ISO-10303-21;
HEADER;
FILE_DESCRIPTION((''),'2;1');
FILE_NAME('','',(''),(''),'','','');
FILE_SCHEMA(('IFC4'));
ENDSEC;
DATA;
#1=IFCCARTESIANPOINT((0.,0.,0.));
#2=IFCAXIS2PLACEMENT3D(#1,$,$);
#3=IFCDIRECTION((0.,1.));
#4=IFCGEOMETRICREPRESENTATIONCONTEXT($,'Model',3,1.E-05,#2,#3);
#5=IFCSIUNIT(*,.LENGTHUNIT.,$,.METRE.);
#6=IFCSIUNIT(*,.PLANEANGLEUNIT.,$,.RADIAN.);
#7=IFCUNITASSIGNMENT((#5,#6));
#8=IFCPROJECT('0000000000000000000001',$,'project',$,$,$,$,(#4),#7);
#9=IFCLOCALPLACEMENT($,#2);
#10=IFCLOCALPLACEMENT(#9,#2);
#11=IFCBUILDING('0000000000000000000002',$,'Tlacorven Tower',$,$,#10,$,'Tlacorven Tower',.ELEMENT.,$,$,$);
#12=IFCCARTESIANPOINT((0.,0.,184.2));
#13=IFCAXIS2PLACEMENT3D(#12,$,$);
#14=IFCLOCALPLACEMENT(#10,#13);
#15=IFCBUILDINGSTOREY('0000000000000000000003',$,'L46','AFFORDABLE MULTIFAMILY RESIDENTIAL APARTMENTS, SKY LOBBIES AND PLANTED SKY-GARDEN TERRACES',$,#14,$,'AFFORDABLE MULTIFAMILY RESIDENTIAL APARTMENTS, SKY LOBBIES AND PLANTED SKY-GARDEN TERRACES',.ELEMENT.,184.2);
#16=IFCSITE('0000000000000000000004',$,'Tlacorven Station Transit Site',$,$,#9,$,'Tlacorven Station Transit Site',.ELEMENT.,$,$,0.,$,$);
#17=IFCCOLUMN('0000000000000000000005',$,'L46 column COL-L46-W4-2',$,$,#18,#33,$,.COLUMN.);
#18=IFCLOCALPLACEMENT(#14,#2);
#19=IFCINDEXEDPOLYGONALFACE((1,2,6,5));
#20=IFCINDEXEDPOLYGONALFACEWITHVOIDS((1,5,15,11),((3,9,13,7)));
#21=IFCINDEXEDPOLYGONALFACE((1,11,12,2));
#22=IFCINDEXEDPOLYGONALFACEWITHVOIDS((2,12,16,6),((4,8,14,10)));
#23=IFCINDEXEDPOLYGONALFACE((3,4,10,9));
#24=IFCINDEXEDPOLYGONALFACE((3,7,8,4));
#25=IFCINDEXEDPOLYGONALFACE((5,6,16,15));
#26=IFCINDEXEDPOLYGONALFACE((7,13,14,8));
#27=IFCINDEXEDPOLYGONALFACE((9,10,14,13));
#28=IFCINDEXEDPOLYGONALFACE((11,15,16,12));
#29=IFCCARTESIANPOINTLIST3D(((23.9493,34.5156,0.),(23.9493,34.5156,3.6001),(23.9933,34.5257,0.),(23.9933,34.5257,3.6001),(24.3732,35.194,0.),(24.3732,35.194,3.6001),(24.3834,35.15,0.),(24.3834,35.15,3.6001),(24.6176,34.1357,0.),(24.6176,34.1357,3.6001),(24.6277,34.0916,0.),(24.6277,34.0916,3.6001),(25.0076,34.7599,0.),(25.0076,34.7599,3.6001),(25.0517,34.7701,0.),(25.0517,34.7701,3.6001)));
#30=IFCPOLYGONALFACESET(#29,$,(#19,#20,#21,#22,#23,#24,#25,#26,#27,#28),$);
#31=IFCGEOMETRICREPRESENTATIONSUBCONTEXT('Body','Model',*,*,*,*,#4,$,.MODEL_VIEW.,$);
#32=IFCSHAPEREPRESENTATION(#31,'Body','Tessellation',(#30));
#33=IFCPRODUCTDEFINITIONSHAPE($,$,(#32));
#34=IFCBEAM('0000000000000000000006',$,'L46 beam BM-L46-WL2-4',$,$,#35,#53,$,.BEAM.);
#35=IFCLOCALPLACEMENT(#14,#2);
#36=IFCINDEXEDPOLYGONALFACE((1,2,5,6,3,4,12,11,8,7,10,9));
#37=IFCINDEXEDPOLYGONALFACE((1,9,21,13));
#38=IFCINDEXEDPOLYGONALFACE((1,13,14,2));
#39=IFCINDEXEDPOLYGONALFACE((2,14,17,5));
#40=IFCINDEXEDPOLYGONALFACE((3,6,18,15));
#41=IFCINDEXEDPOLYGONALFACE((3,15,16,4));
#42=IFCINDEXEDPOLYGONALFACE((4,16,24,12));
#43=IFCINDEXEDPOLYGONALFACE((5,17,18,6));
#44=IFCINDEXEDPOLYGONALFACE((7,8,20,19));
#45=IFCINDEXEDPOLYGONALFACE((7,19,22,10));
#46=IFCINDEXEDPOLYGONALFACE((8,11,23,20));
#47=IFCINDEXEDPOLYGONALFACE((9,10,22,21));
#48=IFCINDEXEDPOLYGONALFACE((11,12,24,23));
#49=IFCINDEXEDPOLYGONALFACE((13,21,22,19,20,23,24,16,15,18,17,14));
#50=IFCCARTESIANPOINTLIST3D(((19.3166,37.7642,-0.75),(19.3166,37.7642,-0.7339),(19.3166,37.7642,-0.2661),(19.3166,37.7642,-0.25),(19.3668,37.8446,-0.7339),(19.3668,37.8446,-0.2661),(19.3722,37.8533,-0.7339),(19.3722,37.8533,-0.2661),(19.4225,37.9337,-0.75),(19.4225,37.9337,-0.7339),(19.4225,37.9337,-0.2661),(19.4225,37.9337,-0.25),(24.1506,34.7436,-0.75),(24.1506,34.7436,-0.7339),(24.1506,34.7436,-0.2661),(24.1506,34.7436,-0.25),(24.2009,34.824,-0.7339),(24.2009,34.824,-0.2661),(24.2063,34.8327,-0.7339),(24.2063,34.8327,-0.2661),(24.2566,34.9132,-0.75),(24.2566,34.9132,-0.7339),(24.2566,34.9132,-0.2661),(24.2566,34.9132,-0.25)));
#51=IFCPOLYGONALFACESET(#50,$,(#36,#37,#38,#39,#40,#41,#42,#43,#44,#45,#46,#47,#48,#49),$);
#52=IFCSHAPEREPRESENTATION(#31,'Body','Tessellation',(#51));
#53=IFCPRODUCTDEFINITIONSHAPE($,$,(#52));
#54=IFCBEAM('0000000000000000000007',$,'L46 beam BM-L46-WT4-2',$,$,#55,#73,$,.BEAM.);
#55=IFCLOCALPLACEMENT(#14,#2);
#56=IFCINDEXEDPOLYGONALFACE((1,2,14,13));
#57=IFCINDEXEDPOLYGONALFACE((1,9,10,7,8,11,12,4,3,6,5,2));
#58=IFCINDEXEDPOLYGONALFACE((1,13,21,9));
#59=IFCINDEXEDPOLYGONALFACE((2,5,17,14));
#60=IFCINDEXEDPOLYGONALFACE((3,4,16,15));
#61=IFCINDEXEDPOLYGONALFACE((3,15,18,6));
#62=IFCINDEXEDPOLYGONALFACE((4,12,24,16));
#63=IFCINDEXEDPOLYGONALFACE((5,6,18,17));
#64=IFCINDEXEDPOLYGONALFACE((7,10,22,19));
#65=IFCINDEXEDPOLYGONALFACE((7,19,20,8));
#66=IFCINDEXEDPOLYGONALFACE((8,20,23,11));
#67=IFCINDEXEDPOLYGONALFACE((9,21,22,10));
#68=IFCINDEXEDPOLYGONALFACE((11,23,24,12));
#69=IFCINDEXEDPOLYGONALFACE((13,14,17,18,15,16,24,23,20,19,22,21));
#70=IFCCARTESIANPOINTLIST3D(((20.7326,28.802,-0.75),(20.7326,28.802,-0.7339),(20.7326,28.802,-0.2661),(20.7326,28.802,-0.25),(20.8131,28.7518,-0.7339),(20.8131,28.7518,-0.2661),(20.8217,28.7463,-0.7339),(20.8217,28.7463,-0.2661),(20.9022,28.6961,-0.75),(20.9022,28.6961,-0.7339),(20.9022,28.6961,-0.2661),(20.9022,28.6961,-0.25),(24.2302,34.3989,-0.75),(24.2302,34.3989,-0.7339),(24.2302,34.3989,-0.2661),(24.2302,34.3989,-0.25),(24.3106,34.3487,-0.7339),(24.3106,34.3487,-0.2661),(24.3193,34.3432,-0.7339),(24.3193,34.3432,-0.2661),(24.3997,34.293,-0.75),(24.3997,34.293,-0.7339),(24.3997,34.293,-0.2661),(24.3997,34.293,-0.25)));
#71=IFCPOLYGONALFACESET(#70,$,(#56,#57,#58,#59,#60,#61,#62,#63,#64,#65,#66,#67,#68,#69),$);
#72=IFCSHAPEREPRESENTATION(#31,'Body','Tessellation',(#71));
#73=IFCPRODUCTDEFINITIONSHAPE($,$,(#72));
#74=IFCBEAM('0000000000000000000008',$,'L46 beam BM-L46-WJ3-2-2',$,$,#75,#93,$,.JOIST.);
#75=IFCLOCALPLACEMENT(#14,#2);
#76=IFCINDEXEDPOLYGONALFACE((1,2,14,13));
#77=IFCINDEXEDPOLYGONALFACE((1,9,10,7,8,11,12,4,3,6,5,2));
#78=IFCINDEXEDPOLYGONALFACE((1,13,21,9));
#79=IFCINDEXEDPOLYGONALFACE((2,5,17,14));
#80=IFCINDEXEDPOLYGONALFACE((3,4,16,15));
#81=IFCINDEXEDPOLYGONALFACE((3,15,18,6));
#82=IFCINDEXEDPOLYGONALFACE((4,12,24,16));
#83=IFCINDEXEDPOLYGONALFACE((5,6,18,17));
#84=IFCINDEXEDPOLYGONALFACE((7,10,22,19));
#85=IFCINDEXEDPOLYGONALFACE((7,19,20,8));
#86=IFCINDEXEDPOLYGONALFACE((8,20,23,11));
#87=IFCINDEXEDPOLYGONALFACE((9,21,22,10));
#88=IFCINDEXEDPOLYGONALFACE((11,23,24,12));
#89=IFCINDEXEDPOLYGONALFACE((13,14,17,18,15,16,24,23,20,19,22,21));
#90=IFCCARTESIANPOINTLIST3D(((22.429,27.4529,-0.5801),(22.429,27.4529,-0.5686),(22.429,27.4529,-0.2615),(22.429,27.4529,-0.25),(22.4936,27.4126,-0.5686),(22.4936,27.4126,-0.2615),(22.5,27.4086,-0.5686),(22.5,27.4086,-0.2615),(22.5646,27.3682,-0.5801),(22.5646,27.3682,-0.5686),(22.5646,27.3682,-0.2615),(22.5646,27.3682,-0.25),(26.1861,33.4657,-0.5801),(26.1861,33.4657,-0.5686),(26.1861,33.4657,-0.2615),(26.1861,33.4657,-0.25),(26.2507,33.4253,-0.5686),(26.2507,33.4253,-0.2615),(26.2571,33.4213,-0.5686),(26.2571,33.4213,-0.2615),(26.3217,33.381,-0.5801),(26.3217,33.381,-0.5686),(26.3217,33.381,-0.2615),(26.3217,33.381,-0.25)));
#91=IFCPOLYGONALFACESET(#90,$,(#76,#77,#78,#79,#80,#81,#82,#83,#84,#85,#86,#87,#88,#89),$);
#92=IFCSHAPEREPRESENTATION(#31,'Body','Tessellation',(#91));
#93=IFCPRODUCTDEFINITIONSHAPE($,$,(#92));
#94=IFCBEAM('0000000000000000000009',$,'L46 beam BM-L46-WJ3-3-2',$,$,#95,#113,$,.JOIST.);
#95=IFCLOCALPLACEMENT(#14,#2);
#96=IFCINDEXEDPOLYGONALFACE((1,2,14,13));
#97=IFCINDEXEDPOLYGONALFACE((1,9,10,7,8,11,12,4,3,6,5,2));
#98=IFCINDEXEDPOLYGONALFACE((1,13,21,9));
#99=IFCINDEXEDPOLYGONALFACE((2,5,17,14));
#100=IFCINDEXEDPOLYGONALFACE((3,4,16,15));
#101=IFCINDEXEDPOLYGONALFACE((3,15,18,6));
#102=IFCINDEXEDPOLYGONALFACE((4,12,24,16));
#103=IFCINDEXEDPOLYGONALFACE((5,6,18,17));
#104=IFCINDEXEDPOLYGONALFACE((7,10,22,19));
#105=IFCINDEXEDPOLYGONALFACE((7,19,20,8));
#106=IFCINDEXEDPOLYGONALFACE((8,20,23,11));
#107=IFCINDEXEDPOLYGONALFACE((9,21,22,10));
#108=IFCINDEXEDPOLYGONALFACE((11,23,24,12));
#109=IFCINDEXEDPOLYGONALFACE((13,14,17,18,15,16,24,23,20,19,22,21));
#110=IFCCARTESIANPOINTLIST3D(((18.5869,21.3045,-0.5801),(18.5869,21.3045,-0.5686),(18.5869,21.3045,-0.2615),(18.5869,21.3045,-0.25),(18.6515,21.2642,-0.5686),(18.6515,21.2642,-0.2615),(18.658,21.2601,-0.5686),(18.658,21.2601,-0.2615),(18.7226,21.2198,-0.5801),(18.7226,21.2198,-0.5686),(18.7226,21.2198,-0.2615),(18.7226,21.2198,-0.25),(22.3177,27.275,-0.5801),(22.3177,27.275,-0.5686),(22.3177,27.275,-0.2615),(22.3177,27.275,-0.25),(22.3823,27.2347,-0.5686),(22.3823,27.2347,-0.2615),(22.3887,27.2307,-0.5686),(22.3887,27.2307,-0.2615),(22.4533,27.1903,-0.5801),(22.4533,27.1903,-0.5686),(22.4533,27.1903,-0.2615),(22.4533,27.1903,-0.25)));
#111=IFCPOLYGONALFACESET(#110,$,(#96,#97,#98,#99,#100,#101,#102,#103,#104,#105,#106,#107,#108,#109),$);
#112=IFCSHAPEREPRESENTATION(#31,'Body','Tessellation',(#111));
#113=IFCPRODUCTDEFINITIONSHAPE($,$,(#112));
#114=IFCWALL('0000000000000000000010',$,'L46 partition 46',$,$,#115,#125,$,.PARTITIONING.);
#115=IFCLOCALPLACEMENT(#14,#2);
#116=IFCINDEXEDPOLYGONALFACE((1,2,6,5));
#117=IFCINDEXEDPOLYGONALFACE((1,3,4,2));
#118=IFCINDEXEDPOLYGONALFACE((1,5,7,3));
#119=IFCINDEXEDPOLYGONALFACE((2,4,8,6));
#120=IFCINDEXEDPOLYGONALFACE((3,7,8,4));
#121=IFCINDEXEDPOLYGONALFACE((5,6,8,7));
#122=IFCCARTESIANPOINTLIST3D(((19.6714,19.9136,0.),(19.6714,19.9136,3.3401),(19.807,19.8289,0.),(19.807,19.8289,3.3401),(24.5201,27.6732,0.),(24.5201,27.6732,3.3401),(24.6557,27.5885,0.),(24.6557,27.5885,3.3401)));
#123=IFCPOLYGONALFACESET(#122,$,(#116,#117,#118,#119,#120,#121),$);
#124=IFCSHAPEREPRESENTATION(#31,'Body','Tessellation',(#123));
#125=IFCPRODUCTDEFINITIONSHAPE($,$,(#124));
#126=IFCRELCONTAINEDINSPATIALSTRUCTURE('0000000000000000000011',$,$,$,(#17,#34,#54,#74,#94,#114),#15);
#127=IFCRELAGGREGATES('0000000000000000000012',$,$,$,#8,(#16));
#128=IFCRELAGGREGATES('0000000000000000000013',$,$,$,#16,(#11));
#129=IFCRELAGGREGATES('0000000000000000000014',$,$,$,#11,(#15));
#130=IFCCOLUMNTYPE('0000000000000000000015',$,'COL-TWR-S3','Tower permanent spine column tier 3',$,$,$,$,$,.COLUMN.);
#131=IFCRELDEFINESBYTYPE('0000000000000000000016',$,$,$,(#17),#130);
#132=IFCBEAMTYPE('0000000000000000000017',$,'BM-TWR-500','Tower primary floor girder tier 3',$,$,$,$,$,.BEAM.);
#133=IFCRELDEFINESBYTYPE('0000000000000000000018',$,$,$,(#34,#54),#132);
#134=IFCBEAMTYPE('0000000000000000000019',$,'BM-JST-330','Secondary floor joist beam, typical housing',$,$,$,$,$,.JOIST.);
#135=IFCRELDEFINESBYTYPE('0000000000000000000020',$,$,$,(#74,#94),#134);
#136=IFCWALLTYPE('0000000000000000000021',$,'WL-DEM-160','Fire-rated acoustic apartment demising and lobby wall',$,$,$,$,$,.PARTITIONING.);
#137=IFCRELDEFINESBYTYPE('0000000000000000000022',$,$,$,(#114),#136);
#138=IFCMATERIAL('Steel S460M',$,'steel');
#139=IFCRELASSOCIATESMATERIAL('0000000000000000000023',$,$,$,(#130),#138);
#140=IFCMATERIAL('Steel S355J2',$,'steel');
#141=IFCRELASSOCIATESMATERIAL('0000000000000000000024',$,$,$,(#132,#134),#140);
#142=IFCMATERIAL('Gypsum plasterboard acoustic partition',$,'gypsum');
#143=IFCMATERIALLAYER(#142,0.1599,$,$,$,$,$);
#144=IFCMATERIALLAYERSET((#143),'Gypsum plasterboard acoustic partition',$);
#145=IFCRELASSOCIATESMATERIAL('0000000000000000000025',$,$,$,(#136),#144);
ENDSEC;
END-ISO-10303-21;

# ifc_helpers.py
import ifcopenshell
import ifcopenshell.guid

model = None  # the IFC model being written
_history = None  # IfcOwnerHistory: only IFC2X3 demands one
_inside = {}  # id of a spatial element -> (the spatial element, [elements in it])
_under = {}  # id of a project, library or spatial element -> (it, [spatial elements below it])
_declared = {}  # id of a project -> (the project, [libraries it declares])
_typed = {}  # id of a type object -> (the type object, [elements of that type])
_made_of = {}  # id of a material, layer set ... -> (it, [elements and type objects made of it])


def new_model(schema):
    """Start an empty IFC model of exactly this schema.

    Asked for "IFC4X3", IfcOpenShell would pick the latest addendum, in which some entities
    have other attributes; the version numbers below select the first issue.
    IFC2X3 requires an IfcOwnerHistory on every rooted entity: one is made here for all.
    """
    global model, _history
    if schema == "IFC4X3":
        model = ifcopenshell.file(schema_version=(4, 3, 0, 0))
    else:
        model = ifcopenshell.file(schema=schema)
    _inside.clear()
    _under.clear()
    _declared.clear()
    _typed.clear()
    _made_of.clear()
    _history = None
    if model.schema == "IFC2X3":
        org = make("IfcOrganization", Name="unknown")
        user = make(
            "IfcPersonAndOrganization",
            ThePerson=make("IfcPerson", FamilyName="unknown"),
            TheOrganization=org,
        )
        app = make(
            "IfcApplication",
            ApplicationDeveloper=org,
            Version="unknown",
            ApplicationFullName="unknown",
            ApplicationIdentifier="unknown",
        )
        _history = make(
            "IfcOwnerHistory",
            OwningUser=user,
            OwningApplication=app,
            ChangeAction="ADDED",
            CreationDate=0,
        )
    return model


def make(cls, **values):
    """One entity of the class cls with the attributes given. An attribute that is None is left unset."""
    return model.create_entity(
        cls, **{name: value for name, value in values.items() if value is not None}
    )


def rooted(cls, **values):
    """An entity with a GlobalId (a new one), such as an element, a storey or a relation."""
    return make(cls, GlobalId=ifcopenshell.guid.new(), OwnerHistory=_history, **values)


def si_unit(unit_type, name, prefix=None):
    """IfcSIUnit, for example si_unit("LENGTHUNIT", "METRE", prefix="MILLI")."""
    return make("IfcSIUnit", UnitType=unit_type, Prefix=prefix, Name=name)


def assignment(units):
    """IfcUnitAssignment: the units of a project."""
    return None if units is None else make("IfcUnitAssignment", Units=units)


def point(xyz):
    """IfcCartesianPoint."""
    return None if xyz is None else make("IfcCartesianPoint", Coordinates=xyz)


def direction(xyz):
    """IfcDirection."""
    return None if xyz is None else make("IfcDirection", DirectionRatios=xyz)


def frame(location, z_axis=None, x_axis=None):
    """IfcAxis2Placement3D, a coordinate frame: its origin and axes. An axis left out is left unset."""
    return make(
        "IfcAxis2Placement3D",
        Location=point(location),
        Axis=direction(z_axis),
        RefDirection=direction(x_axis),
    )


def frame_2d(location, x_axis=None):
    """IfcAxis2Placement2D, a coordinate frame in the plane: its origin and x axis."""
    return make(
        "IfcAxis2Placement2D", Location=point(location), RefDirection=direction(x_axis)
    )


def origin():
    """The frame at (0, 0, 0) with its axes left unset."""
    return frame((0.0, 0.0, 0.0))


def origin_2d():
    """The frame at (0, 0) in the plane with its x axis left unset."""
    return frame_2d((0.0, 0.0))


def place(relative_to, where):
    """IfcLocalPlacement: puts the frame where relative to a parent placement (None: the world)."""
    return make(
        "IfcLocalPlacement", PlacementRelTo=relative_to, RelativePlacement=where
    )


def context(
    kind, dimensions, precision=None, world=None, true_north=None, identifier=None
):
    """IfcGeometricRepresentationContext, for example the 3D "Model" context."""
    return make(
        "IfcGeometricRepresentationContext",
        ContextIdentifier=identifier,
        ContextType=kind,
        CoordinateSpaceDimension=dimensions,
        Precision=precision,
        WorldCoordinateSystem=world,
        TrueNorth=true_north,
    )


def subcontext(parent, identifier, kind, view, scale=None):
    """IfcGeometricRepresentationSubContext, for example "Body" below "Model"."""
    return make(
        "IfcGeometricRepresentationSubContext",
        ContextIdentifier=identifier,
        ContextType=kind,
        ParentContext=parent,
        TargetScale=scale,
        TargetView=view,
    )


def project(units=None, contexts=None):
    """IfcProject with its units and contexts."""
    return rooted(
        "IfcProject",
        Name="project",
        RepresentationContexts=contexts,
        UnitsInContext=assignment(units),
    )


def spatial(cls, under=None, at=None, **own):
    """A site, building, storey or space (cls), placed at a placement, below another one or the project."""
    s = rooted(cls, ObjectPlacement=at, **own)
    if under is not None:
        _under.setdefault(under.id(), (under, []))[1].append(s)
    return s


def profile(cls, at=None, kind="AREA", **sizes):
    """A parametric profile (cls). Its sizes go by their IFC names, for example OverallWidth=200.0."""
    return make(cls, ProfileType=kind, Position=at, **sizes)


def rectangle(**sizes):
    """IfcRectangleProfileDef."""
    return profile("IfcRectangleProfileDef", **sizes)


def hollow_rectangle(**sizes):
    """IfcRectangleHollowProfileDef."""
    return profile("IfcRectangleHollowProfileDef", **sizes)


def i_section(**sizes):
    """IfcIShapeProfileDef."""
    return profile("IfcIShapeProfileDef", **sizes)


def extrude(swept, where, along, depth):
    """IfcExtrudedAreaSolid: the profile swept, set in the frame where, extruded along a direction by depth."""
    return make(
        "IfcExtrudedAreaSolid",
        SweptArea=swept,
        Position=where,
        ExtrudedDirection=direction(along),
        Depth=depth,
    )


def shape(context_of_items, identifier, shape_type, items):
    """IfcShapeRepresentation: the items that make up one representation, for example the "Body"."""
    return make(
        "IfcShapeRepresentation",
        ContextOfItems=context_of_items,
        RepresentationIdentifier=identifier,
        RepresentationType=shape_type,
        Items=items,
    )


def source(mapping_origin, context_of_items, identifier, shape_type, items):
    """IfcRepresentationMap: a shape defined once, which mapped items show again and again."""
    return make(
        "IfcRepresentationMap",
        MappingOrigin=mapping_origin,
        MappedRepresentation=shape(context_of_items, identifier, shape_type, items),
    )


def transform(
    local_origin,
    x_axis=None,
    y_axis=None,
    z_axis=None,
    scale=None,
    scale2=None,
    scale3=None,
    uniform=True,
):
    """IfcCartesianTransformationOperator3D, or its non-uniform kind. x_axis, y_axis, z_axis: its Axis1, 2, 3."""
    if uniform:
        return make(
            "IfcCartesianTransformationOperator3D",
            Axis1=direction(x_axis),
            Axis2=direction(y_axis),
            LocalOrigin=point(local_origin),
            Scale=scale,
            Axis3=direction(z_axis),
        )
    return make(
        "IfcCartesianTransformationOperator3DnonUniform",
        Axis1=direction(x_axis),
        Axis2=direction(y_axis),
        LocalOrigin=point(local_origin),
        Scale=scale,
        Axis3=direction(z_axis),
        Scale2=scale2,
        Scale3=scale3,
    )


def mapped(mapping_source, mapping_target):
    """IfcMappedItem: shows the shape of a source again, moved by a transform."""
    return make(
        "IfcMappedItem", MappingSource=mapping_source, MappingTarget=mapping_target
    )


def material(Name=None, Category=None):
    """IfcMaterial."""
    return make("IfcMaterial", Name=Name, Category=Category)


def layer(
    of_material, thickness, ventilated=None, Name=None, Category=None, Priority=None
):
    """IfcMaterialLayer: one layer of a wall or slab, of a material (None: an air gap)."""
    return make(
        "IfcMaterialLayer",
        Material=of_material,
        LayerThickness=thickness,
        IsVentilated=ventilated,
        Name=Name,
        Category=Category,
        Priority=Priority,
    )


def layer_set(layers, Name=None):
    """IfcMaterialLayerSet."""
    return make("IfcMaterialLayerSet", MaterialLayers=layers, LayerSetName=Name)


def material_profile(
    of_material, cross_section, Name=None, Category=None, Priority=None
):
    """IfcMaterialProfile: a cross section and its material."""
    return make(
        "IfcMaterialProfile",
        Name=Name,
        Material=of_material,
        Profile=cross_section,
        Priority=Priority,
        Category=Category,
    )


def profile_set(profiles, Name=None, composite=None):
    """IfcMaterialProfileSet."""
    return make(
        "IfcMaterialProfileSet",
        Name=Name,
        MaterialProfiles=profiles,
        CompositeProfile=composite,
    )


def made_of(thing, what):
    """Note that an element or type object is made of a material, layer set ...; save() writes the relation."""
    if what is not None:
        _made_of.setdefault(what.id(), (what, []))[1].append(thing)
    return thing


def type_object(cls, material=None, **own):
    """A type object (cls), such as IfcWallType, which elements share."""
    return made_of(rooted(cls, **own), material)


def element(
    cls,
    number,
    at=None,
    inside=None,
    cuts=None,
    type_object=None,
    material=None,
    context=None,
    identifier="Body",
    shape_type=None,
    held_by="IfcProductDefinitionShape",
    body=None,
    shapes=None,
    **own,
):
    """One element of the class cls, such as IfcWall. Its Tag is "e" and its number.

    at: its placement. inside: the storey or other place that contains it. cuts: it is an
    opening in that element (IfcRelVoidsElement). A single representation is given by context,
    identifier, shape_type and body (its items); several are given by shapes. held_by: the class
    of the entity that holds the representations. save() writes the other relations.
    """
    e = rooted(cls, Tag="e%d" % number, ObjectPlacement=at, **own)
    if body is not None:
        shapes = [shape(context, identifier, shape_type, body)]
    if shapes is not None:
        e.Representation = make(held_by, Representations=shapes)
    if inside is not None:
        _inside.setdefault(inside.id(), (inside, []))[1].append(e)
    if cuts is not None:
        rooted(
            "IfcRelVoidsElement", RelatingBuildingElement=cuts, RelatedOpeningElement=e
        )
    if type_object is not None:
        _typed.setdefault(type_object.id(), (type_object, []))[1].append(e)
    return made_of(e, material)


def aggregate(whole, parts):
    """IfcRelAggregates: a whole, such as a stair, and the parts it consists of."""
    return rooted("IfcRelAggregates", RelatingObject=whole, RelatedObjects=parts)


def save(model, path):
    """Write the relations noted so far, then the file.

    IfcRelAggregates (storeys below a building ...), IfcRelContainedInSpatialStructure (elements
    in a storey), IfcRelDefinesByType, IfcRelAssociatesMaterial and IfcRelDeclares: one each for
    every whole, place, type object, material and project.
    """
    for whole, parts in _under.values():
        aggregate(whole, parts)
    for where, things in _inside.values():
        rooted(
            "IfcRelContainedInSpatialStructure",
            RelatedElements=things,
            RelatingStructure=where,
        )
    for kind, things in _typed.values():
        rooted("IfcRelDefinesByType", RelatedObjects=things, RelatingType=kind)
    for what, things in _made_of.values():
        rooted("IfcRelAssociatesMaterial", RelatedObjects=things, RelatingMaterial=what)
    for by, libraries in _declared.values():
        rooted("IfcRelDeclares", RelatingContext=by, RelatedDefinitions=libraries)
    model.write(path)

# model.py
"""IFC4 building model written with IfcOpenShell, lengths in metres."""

from ifc_helpers import new_model, si_unit, direction, frame, frame_2d, origin, origin_2d, place, context, subcontext, project, spatial, rectangle, hollow_rectangle, i_section, extrude, source, transform, mapped, material, layer, layer_set, material_profile, profile_set, type_object, element, save


model = new_model("IFC4")

# Units and contexts
model_context = context("Model", 3, precision=1e-05, world=origin(), true_north=direction((0.0, 1.0)))
body_context = subcontext(model_context, "Body", "Model", "MODEL_VIEW")
ifc_project = project(units=[si_unit("LENGTHUNIT", "METRE"), si_unit("PLANEANGLEUNIT", "RADIAN")], contexts=[model_context])

# Site, building, storey
site_placement = place(None, origin())
site = spatial("IfcSite", under=ifc_project, at=site_placement, Name="Tlacorven Station Transit Site", LongName="Tlacorven Station Transit Site", CompositionType="ELEMENT", RefElevation=0.0)
building_placement = place(site_placement, origin())
building = spatial("IfcBuilding", under=site, at=building_placement, Name="Tlacorven Tower", LongName="Tlacorven Tower", CompositionType="ELEMENT")
storey_placement = place(building_placement, frame((0.0, 0.0, 184.2)))
storey = spatial("IfcBuildingStorey", under=building, at=storey_placement, Name="L46", Description="AFFORDABLE MULTIFAMILY RESIDENTIAL APARTMENTS, SKY LOBBIES AND PLANTED SKY-GARDEN TERRACES", LongName="AFFORDABLE MULTIFAMILY RESIDENTIAL APARTMENTS, SKY LOBBIES AND PLANTED SKY-GARDEN TERRACES", CompositionType="ELEMENT", Elevation=184.2)

# Column
ifc_material_1 = material(Name="Steel S460M", Category="steel")
ifc_material_profile_1 = material_profile(ifc_material_1, hollow_rectangle(XDim=0.8, YDim=0.8, WallThickness=0.032, at=origin_2d()), Name="BOX 800X800X32")
ifc_profile_set_1 = profile_set([ifc_material_profile_1], Name="Steel S460M")
column_type = type_object("IfcColumnType", Name="COL-TWR-S3", Description="Tower permanent spine column tier 3", PredefinedType="COLUMN", material=ifc_profile_set_1)
shared_shape_1 = source(origin(), body_context, "Body", "SweptSolid", [
    extrude(hollow_rectangle(XDim=0.8, YDim=0.8, WallThickness=0.032, at=origin_2d()), origin(), (0.0, 0.0, 1.0), 3.6001),
])
column_placement = place(storey_placement, frame((24.5005, 34.6428, 0.0), z_axis=(0.0, 0.0, 1.0), x_axis=(-0.848048, 0.529919, 0.0)))
element("IfcColumn", 1, at=column_placement, inside=storey, type_object=column_type, Name="L46 column COL-L46-W4-2", PredefinedType="COLUMN", context=body_context, shape_type="MappedRepresentation", body=[
    mapped(shared_shape_1, transform((0.0, 0.0, 0.0), scale=1.0)),
])

# Beams
ifc_material_2 = material(Name="Steel S355J2", Category="steel")
ifc_material_profile_2 = material_profile(ifc_material_2, i_section(OverallWidth=0.2, OverallDepth=0.5, WebThickness=0.0103, FlangeThickness=0.0161, at=origin_2d()), Name="IPE 500")
ifc_profile_set_2 = profile_set([ifc_material_profile_2], Name="Steel S355J2")
beam_type_1 = type_object("IfcBeamType", Name="BM-TWR-500", Description="Tower primary floor girder tier 3", PredefinedType="BEAM", material=ifc_profile_set_2)
shared_shape_2 = source(origin(), body_context, "Body", "SweptSolid", [
    extrude(i_section(OverallWidth=0.2, OverallDepth=0.5, WebThickness=0.0103, FlangeThickness=0.0161, at=origin_2d()), origin(), (0.0, 0.0, 1.0), 5.7002),
])
beam_1_placement = place(storey_placement, frame((24.2036, 34.8284, -0.5), z_axis=(-0.848056, 0.529907, 0.0), x_axis=(-0.529907, -0.848056, 0.0)))
element("IfcBeam", 2, at=beam_1_placement, inside=storey, type_object=beam_type_1, Name="L46 beam BM-L46-WL2-4", PredefinedType="BEAM", context=body_context, shape_type="MappedRepresentation", body=[
    mapped(shared_shape_2, transform((0.0, 0.0, 0.0), scale=1.0)),
])
shared_shape_3 = source(origin(), body_context, "Body", "SweptSolid", [
    extrude(i_section(OverallWidth=0.2, OverallDepth=0.5, WebThickness=0.0103, FlangeThickness=0.0161, at=origin_2d()), origin(), (0.0, 0.0, 1.0), 6.5999),
])
beam_2_placement = place(storey_placement, frame((24.3149, 34.3459, -0.5), z_axis=(-0.529942, -0.848034, 0.0), x_axis=(0.848034, -0.529942, 0.0)))
element("IfcBeam", 3, at=beam_2_placement, inside=storey, type_object=beam_type_1, Name="L46 beam BM-L46-WT4-2", PredefinedType="BEAM", context=body_context, shape_type="MappedRepresentation", body=[
    mapped(shared_shape_3, transform((0.0, 0.0, 0.0), scale=1.0)),
])
ifc_material_profile_3 = material_profile(ifc_material_2, i_section(OverallWidth=0.1599, OverallDepth=0.3301, WebThickness=0.0076, FlangeThickness=0.0115, at=origin_2d()), Name="IPE 330")
ifc_profile_set_3 = profile_set([ifc_material_profile_3], Name="Steel S355J2")
beam_type_2 = type_object("IfcBeamType", Name="BM-JST-330", Description="Secondary floor joist beam, typical housing", PredefinedType="JOIST", material=ifc_profile_set_3)
shared_shape_4 = source(origin(), body_context, "Body", "SweptSolid", [
    extrude(i_section(OverallWidth=0.1599, OverallDepth=0.3301, WebThickness=0.0076, FlangeThickness=0.0115, at=origin_2d()), origin(), (0.0, 0.0, 1.0), 7.0901),
])
beam_3_placement = place(storey_placement, frame((26.2539, 33.4233, -0.415), z_axis=(-0.529912, -0.848052, 0.0), x_axis=(0.848052, -0.529912, 0.0)))
element("IfcBeam", 4, at=beam_3_placement, inside=storey, type_object=beam_type_2, Name="L46 beam BM-L46-WJ3-2-2", PredefinedType="JOIST", context=body_context, shape_type="MappedRepresentation", body=[
    mapped(shared_shape_4, transform((0.0, 0.0, 0.0), scale=1.0)),
])
shared_shape_5 = source(origin(), body_context, "Body", "SweptSolid", [
    extrude(i_section(OverallWidth=0.1599, OverallDepth=0.3301, WebThickness=0.0076, FlangeThickness=0.0115, at=origin_2d()), origin(), (0.0, 0.0, 1.0), 7.0403),
])
beam_4_placement = place(storey_placement, frame((22.3855, 27.2327, -0.415), z_axis=(-0.529915, -0.848051, 0.0), x_axis=(0.848051, -0.529915, 0.0)))
element("IfcBeam", 5, at=beam_4_placement, inside=storey, type_object=beam_type_2, Name="L46 beam BM-L46-WJ3-3-2", PredefinedType="JOIST", context=body_context, shape_type="MappedRepresentation", body=[
    mapped(shared_shape_5, transform((0.0, 0.0, 0.0), scale=1.0)),
])

# Wall
ifc_material_3 = material(Name="Gypsum plasterboard acoustic partition", Category="gypsum")
ifc_layer_1 = layer(ifc_material_3, 0.1599)
ifc_layer_set_1 = layer_set([ifc_layer_1], Name="Gypsum plasterboard acoustic partition")
wall_type_1 = type_object("IfcWallType", Name="WL-DEM-160", Description="Fire-rated acoustic apartment demising and lobby wall", PredefinedType="PARTITIONING", material=ifc_layer_set_1)
wall_1_placement = place(storey_placement, frame((24.5879, 27.6309, 0.0), z_axis=(0.0, 0.0, 1.0), x_axis=(-0.529915, -0.848051, 0.0)))
element("IfcWall", 6, at=wall_1_placement, inside=storey, type_object=wall_type_1, Name="L46 partition 46", PredefinedType="PARTITIONING", context=body_context, shape_type="SweptSolid", body=[
    extrude(rectangle(XDim=9.1499, YDim=0.1599, at=frame_2d((4.575, 0.0))), origin(), (0.0, 0.0, 1.0), 3.3401),
])

save(model, "model.ifc")
